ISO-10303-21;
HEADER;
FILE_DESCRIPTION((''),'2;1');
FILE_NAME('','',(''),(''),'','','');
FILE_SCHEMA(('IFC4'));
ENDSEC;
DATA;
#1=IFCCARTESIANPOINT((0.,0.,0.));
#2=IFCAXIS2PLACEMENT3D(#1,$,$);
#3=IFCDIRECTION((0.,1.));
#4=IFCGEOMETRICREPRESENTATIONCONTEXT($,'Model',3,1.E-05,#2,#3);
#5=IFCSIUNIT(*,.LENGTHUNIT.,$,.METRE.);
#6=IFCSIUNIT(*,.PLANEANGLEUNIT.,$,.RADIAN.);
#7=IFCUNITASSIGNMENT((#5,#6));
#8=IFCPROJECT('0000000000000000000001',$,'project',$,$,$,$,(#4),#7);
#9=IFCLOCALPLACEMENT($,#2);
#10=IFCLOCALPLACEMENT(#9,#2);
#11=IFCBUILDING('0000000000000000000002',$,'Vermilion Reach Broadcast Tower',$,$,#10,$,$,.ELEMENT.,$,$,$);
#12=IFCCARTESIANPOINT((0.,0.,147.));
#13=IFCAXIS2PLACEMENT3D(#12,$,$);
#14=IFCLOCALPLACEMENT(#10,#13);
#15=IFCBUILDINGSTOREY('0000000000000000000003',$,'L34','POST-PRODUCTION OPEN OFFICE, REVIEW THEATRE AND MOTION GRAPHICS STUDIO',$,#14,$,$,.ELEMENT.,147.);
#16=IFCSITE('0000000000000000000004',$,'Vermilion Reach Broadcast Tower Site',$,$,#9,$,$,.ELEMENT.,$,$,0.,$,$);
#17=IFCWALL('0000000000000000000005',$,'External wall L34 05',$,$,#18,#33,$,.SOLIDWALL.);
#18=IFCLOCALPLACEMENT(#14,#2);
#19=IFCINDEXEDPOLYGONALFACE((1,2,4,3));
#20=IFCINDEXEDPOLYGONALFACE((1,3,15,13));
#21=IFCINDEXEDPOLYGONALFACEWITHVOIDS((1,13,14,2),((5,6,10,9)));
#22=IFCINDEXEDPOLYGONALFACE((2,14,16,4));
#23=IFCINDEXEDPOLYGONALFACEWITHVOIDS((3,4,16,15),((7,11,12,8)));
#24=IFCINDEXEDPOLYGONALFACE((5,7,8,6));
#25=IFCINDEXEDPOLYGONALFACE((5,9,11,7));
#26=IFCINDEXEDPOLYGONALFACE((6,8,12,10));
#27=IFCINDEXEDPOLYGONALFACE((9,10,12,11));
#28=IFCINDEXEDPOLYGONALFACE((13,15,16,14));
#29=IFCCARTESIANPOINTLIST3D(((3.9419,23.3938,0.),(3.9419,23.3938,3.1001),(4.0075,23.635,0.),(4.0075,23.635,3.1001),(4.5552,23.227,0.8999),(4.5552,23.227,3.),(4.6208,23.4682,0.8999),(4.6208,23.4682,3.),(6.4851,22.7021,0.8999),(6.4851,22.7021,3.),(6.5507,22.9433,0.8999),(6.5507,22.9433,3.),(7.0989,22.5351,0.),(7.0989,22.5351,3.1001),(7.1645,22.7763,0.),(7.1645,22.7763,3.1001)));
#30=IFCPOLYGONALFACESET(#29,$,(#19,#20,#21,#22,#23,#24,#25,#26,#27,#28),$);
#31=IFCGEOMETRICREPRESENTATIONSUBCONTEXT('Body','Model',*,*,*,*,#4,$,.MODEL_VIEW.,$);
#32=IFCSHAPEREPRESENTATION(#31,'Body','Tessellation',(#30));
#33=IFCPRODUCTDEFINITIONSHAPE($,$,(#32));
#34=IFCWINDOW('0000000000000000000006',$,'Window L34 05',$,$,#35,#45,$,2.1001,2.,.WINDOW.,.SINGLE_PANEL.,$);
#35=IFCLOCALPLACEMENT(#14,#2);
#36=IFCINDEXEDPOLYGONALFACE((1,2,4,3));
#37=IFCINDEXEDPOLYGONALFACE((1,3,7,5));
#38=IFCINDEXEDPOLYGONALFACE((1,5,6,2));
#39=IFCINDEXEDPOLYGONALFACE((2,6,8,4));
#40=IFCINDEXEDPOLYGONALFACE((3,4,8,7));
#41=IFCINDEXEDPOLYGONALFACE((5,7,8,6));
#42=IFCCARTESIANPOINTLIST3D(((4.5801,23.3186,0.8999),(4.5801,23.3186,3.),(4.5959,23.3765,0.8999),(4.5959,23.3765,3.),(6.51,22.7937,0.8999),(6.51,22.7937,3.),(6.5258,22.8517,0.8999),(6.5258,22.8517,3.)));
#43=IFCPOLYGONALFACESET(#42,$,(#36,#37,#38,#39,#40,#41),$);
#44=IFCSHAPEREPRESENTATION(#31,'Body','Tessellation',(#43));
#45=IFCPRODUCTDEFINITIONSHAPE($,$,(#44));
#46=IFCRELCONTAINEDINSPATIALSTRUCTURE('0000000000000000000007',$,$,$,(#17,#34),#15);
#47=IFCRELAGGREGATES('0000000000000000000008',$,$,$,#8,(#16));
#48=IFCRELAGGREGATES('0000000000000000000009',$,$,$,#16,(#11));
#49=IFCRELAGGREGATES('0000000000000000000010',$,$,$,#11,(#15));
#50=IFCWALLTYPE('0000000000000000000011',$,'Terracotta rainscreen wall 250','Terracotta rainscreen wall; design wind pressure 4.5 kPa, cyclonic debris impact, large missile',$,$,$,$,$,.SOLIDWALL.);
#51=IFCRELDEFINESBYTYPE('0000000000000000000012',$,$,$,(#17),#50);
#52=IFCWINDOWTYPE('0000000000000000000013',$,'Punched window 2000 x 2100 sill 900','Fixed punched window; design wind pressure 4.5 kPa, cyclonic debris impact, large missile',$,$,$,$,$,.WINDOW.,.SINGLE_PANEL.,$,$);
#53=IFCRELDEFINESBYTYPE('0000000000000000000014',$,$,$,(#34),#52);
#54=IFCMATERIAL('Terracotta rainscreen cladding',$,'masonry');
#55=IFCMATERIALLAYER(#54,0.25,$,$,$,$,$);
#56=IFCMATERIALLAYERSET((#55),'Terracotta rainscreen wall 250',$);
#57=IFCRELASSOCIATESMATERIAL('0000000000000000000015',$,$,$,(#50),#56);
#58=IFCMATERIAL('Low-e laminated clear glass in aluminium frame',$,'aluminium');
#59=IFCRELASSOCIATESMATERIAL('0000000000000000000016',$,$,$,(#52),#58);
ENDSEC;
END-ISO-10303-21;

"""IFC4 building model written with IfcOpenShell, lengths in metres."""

from ifc_helpers import new_model, si_unit, direction, frame, frame_2d, origin, place, context, subcontext, project, spatial, rectangle, extrude, material, layer, layer_set, type_object, element, fill, save


model = new_model("IFC4")

# Units and contexts
model_context = context("Model", 3, precision=1e-05, world=origin(), true_north=direction((0.0, 1.0)))
body_context = subcontext(model_context, "Body", "Model", "MODEL_VIEW")
ifc_project = project(units=[si_unit("LENGTHUNIT", "METRE"), si_unit("PLANEANGLEUNIT", "RADIAN")], contexts=[model_context])

# Site, building, storey
site_placement = place(None, origin())
site = spatial("IfcSite", under=ifc_project, at=site_placement, Name="Vermilion Reach Broadcast Tower Site", CompositionType="ELEMENT", RefElevation=0.0)
building_placement = place(site_placement, origin())
building = spatial("IfcBuilding", under=site, at=building_placement, Name="Vermilion Reach Broadcast Tower", CompositionType="ELEMENT")
storey_placement = place(building_placement, frame((0.0, 0.0, 147.0)))
storey = spatial("IfcBuildingStorey", under=building, at=storey_placement, Name="L34", Description="POST-PRODUCTION OPEN OFFICE, REVIEW THEATRE AND MOTION GRAPHICS STUDIO", CompositionType="ELEMENT", Elevation=147.0)

# Shared definitions
ifc_material_1 = material(Name="Terracotta rainscreen cladding", Category="masonry")
ifc_layer_1 = layer(ifc_material_1, 0.25)
ifc_layer_set_1 = layer_set([ifc_layer_1], Name="Terracotta rainscreen wall 250")
wall_type_1 = type_object("IfcWallType", Name="Terracotta rainscreen wall 250", Description="Terracotta rainscreen wall; design wind pressure 4.5 kPa, cyclonic debris impact, large missile", PredefinedType="SOLIDWALL", material=ifc_layer_set_1)

# Shared definitions
ifc_material_2 = material(Name="Low-e laminated clear glass in aluminium frame", Category="aluminium")
window_type = type_object("IfcWindowType", Name="Punched window 2000 x 2100 sill 900", Description="Fixed punched window; design wind pressure 4.5 kPa, cyclonic debris impact, large missile", PartitioningType="SINGLE_PANEL", PredefinedType="WINDOW", material=ifc_material_2)

# Wall, opening, window
wall_1_placement = place(storey_placement, frame((7.1316, 22.6558, 0.0), z_axis=(0.0, 0.0, 1.0), x_axis=(-0.964946, 0.262448, 0.0)))
wall_1 = element("IfcWall", 1, at=wall_1_placement, inside=storey, type_object=wall_type_1, Name="External wall L34 05", PredefinedType="SOLIDWALL", context=body_context, shape_type="SweptSolid", body=[
    extrude(rectangle(XDim=3.2717, YDim=0.25, at=frame_2d((1.6357, 0.0))), origin(), (0.0, 0.0, 1.0), 3.1001),
])
opening_1_placement = place(wall_1_placement, frame((0.636, 0.0, 0.8999)))
opening_1 = element("IfcOpeningElement", 2, at=opening_1_placement, cuts=wall_1, PredefinedType="OPENING", context=body_context, shape_type="SweptSolid", body=[
    extrude(rectangle(XDim=2.0, YDim=2.1001, at=frame_2d((1.0, 1.05))), frame((0.0, 0.135, 0.0), z_axis=(0.0, -1.0, 0.0), x_axis=(1.0, 0.0, 0.0)), (0.0, 0.0, 1.0), 0.27),
])
window_1_placement = place(opening_1_placement, origin())
window_1 = element("IfcWindow", 3, at=window_1_placement, inside=storey, type_object=window_type, Name="Window L34 05", OverallHeight=2.1001, OverallWidth=2.0, PartitioningType="SINGLE_PANEL", PredefinedType="WINDOW", context=body_context, shape_type="SweptSolid", body=[
    extrude(rectangle(XDim=2.0, YDim=2.1001, at=frame_2d((1.0, 1.05))), frame((0.0, 0.03, 0.0), z_axis=(0.0, -1.0, 0.0), x_axis=(1.0, 0.0, 0.0)), (0.0, 0.0, 1.0), 0.0601),
])
fill(opening_1, window_1)

save(model, "model.ifc")
